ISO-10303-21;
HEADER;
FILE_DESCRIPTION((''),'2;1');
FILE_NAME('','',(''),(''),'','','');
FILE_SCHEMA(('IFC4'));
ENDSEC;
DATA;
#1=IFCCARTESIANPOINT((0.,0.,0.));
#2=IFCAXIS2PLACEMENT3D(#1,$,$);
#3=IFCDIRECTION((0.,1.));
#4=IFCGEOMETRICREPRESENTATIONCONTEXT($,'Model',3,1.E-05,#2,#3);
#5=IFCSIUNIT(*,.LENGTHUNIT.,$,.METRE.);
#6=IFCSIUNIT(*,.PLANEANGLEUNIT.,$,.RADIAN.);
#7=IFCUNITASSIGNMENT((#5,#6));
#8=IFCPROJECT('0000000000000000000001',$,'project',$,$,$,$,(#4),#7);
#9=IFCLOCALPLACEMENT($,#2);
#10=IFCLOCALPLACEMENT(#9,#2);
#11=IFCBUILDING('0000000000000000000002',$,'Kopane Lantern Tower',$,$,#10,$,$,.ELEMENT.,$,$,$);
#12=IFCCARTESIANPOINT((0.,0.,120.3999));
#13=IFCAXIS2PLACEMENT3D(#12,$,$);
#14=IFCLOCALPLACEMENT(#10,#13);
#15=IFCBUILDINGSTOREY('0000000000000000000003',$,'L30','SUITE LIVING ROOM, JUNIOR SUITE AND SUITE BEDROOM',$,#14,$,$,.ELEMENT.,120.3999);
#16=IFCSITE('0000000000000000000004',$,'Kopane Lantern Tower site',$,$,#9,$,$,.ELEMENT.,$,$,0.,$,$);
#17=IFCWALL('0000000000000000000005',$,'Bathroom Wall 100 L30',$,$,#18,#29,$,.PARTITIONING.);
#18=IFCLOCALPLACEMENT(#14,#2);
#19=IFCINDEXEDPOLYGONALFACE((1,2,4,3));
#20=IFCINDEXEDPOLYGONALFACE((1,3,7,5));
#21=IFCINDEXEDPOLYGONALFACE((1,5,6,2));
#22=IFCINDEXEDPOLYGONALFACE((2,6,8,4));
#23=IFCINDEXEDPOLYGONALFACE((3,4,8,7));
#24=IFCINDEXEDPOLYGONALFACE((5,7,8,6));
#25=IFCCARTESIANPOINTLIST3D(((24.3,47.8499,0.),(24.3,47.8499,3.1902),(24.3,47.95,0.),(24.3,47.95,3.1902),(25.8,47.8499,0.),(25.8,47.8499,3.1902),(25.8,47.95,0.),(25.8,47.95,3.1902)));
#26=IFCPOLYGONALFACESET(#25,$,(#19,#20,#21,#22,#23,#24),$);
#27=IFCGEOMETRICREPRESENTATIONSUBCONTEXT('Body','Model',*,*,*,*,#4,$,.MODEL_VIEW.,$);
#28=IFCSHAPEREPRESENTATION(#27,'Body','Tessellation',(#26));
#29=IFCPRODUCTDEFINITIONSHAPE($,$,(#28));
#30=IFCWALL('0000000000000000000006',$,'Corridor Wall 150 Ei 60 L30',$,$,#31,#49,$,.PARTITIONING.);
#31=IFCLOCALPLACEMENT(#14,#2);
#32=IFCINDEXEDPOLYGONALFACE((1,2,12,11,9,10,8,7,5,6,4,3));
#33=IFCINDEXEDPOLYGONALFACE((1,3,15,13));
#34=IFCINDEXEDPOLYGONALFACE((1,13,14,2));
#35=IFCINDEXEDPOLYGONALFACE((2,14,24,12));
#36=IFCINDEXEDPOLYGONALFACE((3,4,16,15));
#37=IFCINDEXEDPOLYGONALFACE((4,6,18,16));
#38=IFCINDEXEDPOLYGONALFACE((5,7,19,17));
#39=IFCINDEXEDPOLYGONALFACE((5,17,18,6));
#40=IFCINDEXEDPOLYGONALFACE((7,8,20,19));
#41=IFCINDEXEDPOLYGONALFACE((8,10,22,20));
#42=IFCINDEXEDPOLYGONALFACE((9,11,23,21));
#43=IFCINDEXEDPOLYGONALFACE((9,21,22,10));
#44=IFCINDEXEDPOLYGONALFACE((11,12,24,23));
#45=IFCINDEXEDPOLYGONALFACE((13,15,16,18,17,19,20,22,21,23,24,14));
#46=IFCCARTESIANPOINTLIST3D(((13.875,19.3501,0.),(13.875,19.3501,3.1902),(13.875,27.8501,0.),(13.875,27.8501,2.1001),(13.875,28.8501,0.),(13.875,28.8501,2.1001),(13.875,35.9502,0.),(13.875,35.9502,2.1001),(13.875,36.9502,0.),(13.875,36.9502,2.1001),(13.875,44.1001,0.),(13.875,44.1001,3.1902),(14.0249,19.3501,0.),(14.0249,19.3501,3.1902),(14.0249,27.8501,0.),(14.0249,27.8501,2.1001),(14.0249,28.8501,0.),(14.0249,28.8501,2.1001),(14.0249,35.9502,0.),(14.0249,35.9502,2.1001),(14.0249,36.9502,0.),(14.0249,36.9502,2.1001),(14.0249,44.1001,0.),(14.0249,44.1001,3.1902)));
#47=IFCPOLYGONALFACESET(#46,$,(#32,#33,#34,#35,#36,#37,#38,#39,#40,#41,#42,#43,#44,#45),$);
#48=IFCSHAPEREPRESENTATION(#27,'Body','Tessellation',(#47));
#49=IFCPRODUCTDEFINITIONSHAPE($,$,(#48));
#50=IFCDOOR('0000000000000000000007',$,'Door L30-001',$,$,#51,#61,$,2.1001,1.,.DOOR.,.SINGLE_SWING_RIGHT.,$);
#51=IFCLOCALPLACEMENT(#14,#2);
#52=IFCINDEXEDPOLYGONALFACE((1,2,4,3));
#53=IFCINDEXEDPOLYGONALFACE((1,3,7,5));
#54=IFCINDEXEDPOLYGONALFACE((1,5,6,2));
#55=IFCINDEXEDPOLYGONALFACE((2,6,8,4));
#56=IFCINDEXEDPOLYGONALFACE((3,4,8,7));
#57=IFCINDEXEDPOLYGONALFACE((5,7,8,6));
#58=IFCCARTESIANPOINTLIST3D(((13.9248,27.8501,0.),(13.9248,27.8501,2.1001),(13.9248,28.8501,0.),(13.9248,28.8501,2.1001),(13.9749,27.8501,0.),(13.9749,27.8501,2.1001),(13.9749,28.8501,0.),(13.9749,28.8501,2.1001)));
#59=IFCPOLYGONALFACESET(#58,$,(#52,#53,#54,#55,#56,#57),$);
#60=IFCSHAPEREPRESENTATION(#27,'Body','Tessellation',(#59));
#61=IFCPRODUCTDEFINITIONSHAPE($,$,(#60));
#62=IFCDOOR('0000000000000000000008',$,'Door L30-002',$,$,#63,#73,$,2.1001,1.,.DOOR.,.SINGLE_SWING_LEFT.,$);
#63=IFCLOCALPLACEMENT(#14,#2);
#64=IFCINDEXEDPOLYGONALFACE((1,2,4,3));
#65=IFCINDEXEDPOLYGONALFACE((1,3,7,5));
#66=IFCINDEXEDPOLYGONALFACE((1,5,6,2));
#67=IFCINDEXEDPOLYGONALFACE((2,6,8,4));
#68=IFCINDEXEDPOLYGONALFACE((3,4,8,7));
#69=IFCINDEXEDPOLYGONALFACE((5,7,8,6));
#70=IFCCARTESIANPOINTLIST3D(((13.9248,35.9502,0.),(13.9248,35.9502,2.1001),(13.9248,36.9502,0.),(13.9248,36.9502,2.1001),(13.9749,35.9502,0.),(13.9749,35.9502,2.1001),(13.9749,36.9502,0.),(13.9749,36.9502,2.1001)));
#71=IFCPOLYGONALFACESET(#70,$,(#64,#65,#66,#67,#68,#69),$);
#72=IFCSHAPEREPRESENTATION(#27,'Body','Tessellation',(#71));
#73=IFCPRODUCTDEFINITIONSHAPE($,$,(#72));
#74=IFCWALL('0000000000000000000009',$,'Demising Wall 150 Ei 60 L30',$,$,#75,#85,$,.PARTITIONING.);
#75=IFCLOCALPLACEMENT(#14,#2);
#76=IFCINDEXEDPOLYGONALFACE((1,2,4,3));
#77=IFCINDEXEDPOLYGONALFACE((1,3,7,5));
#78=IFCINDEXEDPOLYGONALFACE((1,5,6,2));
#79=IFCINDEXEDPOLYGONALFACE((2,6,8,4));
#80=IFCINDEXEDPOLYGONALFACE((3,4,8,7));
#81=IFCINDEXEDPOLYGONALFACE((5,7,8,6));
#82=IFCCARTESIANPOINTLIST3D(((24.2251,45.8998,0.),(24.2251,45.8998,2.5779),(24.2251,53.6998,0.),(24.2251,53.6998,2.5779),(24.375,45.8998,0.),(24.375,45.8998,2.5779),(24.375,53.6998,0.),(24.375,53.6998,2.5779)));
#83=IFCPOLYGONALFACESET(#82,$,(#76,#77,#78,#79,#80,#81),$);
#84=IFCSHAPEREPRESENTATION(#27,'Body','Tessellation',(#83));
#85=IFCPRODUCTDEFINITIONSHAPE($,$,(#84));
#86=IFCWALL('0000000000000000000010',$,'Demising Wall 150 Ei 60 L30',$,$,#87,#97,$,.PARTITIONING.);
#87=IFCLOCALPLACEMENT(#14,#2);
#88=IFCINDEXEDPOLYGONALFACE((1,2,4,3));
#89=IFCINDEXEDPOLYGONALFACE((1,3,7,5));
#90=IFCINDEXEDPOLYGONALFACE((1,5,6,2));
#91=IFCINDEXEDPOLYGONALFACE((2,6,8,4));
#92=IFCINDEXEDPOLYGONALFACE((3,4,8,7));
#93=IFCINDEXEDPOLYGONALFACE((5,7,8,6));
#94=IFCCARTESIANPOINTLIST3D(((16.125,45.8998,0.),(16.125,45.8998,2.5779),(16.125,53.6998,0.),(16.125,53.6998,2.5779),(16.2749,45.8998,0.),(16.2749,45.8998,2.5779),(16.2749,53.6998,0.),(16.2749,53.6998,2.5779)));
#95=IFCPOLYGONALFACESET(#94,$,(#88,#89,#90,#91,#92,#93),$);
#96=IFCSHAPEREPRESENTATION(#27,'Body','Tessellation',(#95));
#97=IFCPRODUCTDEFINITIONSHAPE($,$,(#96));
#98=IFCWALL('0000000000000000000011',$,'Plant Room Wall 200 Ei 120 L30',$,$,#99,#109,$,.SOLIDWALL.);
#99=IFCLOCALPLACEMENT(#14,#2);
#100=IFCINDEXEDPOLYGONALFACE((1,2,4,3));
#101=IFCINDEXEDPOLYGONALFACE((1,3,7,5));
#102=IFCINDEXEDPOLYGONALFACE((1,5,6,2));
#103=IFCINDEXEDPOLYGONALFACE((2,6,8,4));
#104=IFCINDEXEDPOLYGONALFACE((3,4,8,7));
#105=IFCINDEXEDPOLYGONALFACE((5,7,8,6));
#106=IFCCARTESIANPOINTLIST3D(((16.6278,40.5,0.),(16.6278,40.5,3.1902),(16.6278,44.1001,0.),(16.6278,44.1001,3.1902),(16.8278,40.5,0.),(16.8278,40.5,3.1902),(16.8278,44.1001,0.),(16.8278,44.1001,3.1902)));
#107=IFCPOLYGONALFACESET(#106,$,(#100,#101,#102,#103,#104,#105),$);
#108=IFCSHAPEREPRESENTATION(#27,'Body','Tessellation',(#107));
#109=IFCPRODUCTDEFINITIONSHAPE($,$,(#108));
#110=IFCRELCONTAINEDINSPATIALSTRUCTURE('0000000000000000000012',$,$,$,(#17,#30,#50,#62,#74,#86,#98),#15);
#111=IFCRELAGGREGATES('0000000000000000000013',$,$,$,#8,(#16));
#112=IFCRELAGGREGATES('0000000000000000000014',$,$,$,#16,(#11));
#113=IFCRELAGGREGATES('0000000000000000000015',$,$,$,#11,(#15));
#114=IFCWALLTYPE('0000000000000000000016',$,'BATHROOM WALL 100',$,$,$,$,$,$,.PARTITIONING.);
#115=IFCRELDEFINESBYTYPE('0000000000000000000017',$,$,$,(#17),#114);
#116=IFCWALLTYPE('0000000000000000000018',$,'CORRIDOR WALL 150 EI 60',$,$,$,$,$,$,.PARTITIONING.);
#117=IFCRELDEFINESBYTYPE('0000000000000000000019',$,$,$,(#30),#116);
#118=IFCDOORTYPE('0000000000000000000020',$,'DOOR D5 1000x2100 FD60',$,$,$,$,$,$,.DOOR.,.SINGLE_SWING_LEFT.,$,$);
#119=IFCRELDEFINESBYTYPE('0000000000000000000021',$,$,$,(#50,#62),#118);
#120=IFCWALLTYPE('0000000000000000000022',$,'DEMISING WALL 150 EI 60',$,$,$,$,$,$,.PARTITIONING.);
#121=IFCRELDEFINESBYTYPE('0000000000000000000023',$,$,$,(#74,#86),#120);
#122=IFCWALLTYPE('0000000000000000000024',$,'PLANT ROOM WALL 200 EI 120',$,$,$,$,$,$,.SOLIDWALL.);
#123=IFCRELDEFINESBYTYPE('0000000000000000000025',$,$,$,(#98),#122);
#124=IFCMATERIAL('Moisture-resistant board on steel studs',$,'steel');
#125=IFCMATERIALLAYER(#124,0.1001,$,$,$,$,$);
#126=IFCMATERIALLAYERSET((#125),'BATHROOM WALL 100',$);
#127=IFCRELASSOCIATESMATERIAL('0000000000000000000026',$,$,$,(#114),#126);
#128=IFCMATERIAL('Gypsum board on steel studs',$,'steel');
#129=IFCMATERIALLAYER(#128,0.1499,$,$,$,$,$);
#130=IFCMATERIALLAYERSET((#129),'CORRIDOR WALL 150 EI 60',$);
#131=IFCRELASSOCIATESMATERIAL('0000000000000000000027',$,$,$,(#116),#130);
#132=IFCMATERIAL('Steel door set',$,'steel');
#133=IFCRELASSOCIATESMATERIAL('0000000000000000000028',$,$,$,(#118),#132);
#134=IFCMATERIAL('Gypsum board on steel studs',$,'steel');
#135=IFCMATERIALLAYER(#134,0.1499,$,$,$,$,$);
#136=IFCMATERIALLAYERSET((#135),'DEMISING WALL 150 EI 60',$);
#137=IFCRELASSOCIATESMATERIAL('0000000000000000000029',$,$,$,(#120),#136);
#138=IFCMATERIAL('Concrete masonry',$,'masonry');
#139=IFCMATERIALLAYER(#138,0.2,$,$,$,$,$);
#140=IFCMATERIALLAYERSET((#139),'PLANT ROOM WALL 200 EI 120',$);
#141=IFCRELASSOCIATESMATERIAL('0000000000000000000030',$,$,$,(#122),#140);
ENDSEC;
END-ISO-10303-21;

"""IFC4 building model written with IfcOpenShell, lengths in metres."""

from ifc_helpers import new_model, si_unit, direction, frame, frame_2d, origin, place, context, subcontext, project, spatial, rectangle, extrude, material, layer, layer_set, type_object, element, fill, save


model = new_model("IFC4")

# Units and contexts
model_context = context("Model", 3, precision=1e-05, world=origin(), true_north=direction((0.0, 1.0)))
body_context = subcontext(model_context, "Body", "Model", "MODEL_VIEW")
ifc_project = project(units=[si_unit("LENGTHUNIT", "METRE"), si_unit("PLANEANGLEUNIT", "RADIAN")], contexts=[model_context])

# Site, building, storey
site_placement = place(None, origin())
site = spatial("IfcSite", under=ifc_project, at=site_placement, Name="Kopane Lantern Tower site", CompositionType="ELEMENT", RefElevation=0.0)
building_placement = place(site_placement, origin())
building = spatial("IfcBuilding", under=site, at=building_placement, Name="Kopane Lantern Tower", CompositionType="ELEMENT")
storey_placement = place(building_placement, frame((0.0, 0.0, 120.3999)))
storey = spatial("IfcBuildingStorey", under=building, at=storey_placement, Name="L30", Description="SUITE LIVING ROOM, JUNIOR SUITE AND SUITE BEDROOM", CompositionType="ELEMENT", Elevation=120.3999)

# Shared definitions
ifc_material_1 = material(Name="Moisture-resistant board on steel studs", Category="steel")
ifc_layer_1 = layer(ifc_material_1, 0.1001)
ifc_layer_set_1 = layer_set([ifc_layer_1], Name="BATHROOM WALL 100")
wall_type_1 = type_object("IfcWallType", Name="BATHROOM WALL 100", PredefinedType="PARTITIONING", material=ifc_layer_set_1)

# Wall
wall_1_placement = place(storey_placement, frame((24.3, 47.8999, 0.0), z_axis=(0.0, 0.0, 1.0), x_axis=(1.0, 0.0, 0.0)))
element("IfcWall", 1, at=wall_1_placement, inside=storey, type_object=wall_type_1, Name="Bathroom Wall 100 L30", PredefinedType="PARTITIONING", context=body_context, shape_type="SweptSolid", body=[
    extrude(rectangle(XDim=1.5, YDim=0.1001, at=frame_2d((0.75, 0.0))), origin(), (0.0, 0.0, 1.0), 3.1902),
])

# Wall, openings, doors
ifc_material_2 = material(Name="Gypsum board on steel studs", Category="steel")
ifc_layer_2 = layer(ifc_material_2, 0.1499)
ifc_layer_set_2 = layer_set([ifc_layer_2], Name="CORRIDOR WALL 150 EI 60")
wall_type_2 = type_object("IfcWallType", Name="CORRIDOR WALL 150 EI 60", PredefinedType="PARTITIONING", material=ifc_layer_set_2)
wall_2_placement = place(storey_placement, frame((13.95, 44.1001, 0.0), z_axis=(0.0, 0.0, 1.0), x_axis=(0.0, -1.0, 0.0)))
wall_2 = element("IfcWall", 2, at=wall_2_placement, inside=storey, type_object=wall_type_2, Name="Corridor Wall 150 Ei 60 L30", PredefinedType="PARTITIONING", context=body_context, shape_type="SweptSolid", body=[
    extrude(rectangle(XDim=24.75, YDim=0.1499, at=frame_2d((12.375, 0.0))), origin(), (0.0, 0.0, 1.0), 3.1902),
])
opening_1_placement = place(wall_2_placement, frame((15.25, 0.0, 0.0)))
opening_1 = element("IfcOpeningElement", 3, at=opening_1_placement, cuts=wall_2, PredefinedType="OPENING", context=body_context, shape_type="SweptSolid", body=[
    extrude(rectangle(XDim=1.0, YDim=2.1001, at=frame_2d((0.5, 1.05))), frame((0.0, 0.085, 0.0), z_axis=(0.0, -1.0, 0.0), x_axis=(1.0, 0.0, 0.0)), (0.0, 0.0, 1.0), 0.1699),
])
opening_2_placement = place(wall_2_placement, frame((7.1499, 0.0, 0.0)))
opening_2 = element("IfcOpeningElement", 4, at=opening_2_placement, cuts=wall_2, PredefinedType="OPENING", context=body_context, shape_type="SweptSolid", body=[
    extrude(rectangle(XDim=1.0, YDim=2.1001, at=frame_2d((0.5, 1.05))), frame((0.0, 0.085, 0.0), z_axis=(0.0, -1.0, 0.0), x_axis=(1.0, 0.0, 0.0)), (0.0, 0.0, 1.0), 0.1699),
])
ifc_material_3 = material(Name="Steel door set", Category="steel")
door_type_1 = type_object("IfcDoorType", Name="DOOR D5 1000x2100 FD60", OperationType="SINGLE_SWING_LEFT", PredefinedType="DOOR", material=ifc_material_3)
door_1_placement = place(opening_1_placement, origin())
door_1 = element("IfcDoor", 5, at=door_1_placement, inside=storey, type_object=door_type_1, Name="Door L30-001", OperationType="SINGLE_SWING_RIGHT", OverallHeight=2.1001, OverallWidth=1.0, PredefinedType="DOOR", context=body_context, shape_type="SweptSolid", body=[
    extrude(rectangle(XDim=1.0, YDim=2.1001, at=frame_2d((0.5, 1.05))), frame((0.0, 0.0249, 0.0), z_axis=(0.0, -1.0, 0.0), x_axis=(1.0, 0.0, 0.0)), (0.0, 0.0, 1.0), 0.05),
])
fill(opening_1, door_1)
door_2_placement = place(opening_2_placement, origin())
door_2 = element("IfcDoor", 6, at=door_2_placement, inside=storey, type_object=door_type_1, Name="Door L30-002", OperationType="SINGLE_SWING_LEFT", OverallHeight=2.1001, OverallWidth=1.0, PredefinedType="DOOR", context=body_context, shape_type="SweptSolid", body=[
    extrude(rectangle(XDim=1.0, YDim=2.1001, at=frame_2d((0.5, 1.05))), frame((0.0, 0.0249, 0.0), z_axis=(0.0, -1.0, 0.0), x_axis=(1.0, 0.0, 0.0)), (0.0, 0.0, 1.0), 0.05),
])
fill(opening_2, door_2)

# Walls
ifc_material_4 = material(Name="Gypsum board on steel studs", Category="steel")
ifc_layer_3 = layer(ifc_material_4, 0.1499)
ifc_layer_set_3 = layer_set([ifc_layer_3], Name="DEMISING WALL 150 EI 60")
wall_type_3 = type_object("IfcWallType", Name="DEMISING WALL 150 EI 60", PredefinedType="PARTITIONING", material=ifc_layer_set_3)
for number, where, z_axis, x_axis, name in (
    (7, (24.3, 45.8999, 0.0), (0.0, 0.0, 1.0), (0.0, 1.0, 0.0), "Demising Wall 150 Ei 60 L30"),
    (8, (16.2, 45.8999, 0.0), (0.0, 0.0, 1.0), (0.0, 1.0, 0.0), "Demising Wall 150 Ei 60 L30"),
):
    element("IfcWall", number, at=place(storey_placement, frame(where, z_axis=z_axis, x_axis=x_axis)), inside=storey, type_object=wall_type_3, Name=name, PredefinedType="PARTITIONING", context=body_context, shape_type="SweptSolid", body=[
        extrude(rectangle(XDim=7.8, YDim=0.1499, at=frame_2d((3.8999, 0.0))), origin(), (0.0, 0.0, 1.0), 2.5779),
    ])
ifc_material_5 = material(Name="Concrete masonry", Category="masonry")
ifc_layer_4 = layer(ifc_material_5, 0.2)
ifc_layer_set_4 = layer_set([ifc_layer_4], Name="PLANT ROOM WALL 200 EI 120")
wall_type_4 = type_object("IfcWallType", Name="PLANT ROOM WALL 200 EI 120", PredefinedType="SOLIDWALL", material=ifc_layer_set_4)
wall_3_placement = place(storey_placement, frame((16.7278, 44.1001, 0.0), z_axis=(0.0, 0.0, 1.0), x_axis=(0.0, -1.0, 0.0)))
element("IfcWall", 9, at=wall_3_placement, inside=storey, type_object=wall_type_4, Name="Plant Room Wall 200 Ei 120 L30", PredefinedType="SOLIDWALL", context=body_context, shape_type="SweptSolid", body=[
    extrude(rectangle(XDim=3.6001, YDim=0.2, at=frame_2d((1.8, 0.0))), origin(), (0.0, 0.0, 1.0), 3.1902),
])

save(model, "model.ifc")
